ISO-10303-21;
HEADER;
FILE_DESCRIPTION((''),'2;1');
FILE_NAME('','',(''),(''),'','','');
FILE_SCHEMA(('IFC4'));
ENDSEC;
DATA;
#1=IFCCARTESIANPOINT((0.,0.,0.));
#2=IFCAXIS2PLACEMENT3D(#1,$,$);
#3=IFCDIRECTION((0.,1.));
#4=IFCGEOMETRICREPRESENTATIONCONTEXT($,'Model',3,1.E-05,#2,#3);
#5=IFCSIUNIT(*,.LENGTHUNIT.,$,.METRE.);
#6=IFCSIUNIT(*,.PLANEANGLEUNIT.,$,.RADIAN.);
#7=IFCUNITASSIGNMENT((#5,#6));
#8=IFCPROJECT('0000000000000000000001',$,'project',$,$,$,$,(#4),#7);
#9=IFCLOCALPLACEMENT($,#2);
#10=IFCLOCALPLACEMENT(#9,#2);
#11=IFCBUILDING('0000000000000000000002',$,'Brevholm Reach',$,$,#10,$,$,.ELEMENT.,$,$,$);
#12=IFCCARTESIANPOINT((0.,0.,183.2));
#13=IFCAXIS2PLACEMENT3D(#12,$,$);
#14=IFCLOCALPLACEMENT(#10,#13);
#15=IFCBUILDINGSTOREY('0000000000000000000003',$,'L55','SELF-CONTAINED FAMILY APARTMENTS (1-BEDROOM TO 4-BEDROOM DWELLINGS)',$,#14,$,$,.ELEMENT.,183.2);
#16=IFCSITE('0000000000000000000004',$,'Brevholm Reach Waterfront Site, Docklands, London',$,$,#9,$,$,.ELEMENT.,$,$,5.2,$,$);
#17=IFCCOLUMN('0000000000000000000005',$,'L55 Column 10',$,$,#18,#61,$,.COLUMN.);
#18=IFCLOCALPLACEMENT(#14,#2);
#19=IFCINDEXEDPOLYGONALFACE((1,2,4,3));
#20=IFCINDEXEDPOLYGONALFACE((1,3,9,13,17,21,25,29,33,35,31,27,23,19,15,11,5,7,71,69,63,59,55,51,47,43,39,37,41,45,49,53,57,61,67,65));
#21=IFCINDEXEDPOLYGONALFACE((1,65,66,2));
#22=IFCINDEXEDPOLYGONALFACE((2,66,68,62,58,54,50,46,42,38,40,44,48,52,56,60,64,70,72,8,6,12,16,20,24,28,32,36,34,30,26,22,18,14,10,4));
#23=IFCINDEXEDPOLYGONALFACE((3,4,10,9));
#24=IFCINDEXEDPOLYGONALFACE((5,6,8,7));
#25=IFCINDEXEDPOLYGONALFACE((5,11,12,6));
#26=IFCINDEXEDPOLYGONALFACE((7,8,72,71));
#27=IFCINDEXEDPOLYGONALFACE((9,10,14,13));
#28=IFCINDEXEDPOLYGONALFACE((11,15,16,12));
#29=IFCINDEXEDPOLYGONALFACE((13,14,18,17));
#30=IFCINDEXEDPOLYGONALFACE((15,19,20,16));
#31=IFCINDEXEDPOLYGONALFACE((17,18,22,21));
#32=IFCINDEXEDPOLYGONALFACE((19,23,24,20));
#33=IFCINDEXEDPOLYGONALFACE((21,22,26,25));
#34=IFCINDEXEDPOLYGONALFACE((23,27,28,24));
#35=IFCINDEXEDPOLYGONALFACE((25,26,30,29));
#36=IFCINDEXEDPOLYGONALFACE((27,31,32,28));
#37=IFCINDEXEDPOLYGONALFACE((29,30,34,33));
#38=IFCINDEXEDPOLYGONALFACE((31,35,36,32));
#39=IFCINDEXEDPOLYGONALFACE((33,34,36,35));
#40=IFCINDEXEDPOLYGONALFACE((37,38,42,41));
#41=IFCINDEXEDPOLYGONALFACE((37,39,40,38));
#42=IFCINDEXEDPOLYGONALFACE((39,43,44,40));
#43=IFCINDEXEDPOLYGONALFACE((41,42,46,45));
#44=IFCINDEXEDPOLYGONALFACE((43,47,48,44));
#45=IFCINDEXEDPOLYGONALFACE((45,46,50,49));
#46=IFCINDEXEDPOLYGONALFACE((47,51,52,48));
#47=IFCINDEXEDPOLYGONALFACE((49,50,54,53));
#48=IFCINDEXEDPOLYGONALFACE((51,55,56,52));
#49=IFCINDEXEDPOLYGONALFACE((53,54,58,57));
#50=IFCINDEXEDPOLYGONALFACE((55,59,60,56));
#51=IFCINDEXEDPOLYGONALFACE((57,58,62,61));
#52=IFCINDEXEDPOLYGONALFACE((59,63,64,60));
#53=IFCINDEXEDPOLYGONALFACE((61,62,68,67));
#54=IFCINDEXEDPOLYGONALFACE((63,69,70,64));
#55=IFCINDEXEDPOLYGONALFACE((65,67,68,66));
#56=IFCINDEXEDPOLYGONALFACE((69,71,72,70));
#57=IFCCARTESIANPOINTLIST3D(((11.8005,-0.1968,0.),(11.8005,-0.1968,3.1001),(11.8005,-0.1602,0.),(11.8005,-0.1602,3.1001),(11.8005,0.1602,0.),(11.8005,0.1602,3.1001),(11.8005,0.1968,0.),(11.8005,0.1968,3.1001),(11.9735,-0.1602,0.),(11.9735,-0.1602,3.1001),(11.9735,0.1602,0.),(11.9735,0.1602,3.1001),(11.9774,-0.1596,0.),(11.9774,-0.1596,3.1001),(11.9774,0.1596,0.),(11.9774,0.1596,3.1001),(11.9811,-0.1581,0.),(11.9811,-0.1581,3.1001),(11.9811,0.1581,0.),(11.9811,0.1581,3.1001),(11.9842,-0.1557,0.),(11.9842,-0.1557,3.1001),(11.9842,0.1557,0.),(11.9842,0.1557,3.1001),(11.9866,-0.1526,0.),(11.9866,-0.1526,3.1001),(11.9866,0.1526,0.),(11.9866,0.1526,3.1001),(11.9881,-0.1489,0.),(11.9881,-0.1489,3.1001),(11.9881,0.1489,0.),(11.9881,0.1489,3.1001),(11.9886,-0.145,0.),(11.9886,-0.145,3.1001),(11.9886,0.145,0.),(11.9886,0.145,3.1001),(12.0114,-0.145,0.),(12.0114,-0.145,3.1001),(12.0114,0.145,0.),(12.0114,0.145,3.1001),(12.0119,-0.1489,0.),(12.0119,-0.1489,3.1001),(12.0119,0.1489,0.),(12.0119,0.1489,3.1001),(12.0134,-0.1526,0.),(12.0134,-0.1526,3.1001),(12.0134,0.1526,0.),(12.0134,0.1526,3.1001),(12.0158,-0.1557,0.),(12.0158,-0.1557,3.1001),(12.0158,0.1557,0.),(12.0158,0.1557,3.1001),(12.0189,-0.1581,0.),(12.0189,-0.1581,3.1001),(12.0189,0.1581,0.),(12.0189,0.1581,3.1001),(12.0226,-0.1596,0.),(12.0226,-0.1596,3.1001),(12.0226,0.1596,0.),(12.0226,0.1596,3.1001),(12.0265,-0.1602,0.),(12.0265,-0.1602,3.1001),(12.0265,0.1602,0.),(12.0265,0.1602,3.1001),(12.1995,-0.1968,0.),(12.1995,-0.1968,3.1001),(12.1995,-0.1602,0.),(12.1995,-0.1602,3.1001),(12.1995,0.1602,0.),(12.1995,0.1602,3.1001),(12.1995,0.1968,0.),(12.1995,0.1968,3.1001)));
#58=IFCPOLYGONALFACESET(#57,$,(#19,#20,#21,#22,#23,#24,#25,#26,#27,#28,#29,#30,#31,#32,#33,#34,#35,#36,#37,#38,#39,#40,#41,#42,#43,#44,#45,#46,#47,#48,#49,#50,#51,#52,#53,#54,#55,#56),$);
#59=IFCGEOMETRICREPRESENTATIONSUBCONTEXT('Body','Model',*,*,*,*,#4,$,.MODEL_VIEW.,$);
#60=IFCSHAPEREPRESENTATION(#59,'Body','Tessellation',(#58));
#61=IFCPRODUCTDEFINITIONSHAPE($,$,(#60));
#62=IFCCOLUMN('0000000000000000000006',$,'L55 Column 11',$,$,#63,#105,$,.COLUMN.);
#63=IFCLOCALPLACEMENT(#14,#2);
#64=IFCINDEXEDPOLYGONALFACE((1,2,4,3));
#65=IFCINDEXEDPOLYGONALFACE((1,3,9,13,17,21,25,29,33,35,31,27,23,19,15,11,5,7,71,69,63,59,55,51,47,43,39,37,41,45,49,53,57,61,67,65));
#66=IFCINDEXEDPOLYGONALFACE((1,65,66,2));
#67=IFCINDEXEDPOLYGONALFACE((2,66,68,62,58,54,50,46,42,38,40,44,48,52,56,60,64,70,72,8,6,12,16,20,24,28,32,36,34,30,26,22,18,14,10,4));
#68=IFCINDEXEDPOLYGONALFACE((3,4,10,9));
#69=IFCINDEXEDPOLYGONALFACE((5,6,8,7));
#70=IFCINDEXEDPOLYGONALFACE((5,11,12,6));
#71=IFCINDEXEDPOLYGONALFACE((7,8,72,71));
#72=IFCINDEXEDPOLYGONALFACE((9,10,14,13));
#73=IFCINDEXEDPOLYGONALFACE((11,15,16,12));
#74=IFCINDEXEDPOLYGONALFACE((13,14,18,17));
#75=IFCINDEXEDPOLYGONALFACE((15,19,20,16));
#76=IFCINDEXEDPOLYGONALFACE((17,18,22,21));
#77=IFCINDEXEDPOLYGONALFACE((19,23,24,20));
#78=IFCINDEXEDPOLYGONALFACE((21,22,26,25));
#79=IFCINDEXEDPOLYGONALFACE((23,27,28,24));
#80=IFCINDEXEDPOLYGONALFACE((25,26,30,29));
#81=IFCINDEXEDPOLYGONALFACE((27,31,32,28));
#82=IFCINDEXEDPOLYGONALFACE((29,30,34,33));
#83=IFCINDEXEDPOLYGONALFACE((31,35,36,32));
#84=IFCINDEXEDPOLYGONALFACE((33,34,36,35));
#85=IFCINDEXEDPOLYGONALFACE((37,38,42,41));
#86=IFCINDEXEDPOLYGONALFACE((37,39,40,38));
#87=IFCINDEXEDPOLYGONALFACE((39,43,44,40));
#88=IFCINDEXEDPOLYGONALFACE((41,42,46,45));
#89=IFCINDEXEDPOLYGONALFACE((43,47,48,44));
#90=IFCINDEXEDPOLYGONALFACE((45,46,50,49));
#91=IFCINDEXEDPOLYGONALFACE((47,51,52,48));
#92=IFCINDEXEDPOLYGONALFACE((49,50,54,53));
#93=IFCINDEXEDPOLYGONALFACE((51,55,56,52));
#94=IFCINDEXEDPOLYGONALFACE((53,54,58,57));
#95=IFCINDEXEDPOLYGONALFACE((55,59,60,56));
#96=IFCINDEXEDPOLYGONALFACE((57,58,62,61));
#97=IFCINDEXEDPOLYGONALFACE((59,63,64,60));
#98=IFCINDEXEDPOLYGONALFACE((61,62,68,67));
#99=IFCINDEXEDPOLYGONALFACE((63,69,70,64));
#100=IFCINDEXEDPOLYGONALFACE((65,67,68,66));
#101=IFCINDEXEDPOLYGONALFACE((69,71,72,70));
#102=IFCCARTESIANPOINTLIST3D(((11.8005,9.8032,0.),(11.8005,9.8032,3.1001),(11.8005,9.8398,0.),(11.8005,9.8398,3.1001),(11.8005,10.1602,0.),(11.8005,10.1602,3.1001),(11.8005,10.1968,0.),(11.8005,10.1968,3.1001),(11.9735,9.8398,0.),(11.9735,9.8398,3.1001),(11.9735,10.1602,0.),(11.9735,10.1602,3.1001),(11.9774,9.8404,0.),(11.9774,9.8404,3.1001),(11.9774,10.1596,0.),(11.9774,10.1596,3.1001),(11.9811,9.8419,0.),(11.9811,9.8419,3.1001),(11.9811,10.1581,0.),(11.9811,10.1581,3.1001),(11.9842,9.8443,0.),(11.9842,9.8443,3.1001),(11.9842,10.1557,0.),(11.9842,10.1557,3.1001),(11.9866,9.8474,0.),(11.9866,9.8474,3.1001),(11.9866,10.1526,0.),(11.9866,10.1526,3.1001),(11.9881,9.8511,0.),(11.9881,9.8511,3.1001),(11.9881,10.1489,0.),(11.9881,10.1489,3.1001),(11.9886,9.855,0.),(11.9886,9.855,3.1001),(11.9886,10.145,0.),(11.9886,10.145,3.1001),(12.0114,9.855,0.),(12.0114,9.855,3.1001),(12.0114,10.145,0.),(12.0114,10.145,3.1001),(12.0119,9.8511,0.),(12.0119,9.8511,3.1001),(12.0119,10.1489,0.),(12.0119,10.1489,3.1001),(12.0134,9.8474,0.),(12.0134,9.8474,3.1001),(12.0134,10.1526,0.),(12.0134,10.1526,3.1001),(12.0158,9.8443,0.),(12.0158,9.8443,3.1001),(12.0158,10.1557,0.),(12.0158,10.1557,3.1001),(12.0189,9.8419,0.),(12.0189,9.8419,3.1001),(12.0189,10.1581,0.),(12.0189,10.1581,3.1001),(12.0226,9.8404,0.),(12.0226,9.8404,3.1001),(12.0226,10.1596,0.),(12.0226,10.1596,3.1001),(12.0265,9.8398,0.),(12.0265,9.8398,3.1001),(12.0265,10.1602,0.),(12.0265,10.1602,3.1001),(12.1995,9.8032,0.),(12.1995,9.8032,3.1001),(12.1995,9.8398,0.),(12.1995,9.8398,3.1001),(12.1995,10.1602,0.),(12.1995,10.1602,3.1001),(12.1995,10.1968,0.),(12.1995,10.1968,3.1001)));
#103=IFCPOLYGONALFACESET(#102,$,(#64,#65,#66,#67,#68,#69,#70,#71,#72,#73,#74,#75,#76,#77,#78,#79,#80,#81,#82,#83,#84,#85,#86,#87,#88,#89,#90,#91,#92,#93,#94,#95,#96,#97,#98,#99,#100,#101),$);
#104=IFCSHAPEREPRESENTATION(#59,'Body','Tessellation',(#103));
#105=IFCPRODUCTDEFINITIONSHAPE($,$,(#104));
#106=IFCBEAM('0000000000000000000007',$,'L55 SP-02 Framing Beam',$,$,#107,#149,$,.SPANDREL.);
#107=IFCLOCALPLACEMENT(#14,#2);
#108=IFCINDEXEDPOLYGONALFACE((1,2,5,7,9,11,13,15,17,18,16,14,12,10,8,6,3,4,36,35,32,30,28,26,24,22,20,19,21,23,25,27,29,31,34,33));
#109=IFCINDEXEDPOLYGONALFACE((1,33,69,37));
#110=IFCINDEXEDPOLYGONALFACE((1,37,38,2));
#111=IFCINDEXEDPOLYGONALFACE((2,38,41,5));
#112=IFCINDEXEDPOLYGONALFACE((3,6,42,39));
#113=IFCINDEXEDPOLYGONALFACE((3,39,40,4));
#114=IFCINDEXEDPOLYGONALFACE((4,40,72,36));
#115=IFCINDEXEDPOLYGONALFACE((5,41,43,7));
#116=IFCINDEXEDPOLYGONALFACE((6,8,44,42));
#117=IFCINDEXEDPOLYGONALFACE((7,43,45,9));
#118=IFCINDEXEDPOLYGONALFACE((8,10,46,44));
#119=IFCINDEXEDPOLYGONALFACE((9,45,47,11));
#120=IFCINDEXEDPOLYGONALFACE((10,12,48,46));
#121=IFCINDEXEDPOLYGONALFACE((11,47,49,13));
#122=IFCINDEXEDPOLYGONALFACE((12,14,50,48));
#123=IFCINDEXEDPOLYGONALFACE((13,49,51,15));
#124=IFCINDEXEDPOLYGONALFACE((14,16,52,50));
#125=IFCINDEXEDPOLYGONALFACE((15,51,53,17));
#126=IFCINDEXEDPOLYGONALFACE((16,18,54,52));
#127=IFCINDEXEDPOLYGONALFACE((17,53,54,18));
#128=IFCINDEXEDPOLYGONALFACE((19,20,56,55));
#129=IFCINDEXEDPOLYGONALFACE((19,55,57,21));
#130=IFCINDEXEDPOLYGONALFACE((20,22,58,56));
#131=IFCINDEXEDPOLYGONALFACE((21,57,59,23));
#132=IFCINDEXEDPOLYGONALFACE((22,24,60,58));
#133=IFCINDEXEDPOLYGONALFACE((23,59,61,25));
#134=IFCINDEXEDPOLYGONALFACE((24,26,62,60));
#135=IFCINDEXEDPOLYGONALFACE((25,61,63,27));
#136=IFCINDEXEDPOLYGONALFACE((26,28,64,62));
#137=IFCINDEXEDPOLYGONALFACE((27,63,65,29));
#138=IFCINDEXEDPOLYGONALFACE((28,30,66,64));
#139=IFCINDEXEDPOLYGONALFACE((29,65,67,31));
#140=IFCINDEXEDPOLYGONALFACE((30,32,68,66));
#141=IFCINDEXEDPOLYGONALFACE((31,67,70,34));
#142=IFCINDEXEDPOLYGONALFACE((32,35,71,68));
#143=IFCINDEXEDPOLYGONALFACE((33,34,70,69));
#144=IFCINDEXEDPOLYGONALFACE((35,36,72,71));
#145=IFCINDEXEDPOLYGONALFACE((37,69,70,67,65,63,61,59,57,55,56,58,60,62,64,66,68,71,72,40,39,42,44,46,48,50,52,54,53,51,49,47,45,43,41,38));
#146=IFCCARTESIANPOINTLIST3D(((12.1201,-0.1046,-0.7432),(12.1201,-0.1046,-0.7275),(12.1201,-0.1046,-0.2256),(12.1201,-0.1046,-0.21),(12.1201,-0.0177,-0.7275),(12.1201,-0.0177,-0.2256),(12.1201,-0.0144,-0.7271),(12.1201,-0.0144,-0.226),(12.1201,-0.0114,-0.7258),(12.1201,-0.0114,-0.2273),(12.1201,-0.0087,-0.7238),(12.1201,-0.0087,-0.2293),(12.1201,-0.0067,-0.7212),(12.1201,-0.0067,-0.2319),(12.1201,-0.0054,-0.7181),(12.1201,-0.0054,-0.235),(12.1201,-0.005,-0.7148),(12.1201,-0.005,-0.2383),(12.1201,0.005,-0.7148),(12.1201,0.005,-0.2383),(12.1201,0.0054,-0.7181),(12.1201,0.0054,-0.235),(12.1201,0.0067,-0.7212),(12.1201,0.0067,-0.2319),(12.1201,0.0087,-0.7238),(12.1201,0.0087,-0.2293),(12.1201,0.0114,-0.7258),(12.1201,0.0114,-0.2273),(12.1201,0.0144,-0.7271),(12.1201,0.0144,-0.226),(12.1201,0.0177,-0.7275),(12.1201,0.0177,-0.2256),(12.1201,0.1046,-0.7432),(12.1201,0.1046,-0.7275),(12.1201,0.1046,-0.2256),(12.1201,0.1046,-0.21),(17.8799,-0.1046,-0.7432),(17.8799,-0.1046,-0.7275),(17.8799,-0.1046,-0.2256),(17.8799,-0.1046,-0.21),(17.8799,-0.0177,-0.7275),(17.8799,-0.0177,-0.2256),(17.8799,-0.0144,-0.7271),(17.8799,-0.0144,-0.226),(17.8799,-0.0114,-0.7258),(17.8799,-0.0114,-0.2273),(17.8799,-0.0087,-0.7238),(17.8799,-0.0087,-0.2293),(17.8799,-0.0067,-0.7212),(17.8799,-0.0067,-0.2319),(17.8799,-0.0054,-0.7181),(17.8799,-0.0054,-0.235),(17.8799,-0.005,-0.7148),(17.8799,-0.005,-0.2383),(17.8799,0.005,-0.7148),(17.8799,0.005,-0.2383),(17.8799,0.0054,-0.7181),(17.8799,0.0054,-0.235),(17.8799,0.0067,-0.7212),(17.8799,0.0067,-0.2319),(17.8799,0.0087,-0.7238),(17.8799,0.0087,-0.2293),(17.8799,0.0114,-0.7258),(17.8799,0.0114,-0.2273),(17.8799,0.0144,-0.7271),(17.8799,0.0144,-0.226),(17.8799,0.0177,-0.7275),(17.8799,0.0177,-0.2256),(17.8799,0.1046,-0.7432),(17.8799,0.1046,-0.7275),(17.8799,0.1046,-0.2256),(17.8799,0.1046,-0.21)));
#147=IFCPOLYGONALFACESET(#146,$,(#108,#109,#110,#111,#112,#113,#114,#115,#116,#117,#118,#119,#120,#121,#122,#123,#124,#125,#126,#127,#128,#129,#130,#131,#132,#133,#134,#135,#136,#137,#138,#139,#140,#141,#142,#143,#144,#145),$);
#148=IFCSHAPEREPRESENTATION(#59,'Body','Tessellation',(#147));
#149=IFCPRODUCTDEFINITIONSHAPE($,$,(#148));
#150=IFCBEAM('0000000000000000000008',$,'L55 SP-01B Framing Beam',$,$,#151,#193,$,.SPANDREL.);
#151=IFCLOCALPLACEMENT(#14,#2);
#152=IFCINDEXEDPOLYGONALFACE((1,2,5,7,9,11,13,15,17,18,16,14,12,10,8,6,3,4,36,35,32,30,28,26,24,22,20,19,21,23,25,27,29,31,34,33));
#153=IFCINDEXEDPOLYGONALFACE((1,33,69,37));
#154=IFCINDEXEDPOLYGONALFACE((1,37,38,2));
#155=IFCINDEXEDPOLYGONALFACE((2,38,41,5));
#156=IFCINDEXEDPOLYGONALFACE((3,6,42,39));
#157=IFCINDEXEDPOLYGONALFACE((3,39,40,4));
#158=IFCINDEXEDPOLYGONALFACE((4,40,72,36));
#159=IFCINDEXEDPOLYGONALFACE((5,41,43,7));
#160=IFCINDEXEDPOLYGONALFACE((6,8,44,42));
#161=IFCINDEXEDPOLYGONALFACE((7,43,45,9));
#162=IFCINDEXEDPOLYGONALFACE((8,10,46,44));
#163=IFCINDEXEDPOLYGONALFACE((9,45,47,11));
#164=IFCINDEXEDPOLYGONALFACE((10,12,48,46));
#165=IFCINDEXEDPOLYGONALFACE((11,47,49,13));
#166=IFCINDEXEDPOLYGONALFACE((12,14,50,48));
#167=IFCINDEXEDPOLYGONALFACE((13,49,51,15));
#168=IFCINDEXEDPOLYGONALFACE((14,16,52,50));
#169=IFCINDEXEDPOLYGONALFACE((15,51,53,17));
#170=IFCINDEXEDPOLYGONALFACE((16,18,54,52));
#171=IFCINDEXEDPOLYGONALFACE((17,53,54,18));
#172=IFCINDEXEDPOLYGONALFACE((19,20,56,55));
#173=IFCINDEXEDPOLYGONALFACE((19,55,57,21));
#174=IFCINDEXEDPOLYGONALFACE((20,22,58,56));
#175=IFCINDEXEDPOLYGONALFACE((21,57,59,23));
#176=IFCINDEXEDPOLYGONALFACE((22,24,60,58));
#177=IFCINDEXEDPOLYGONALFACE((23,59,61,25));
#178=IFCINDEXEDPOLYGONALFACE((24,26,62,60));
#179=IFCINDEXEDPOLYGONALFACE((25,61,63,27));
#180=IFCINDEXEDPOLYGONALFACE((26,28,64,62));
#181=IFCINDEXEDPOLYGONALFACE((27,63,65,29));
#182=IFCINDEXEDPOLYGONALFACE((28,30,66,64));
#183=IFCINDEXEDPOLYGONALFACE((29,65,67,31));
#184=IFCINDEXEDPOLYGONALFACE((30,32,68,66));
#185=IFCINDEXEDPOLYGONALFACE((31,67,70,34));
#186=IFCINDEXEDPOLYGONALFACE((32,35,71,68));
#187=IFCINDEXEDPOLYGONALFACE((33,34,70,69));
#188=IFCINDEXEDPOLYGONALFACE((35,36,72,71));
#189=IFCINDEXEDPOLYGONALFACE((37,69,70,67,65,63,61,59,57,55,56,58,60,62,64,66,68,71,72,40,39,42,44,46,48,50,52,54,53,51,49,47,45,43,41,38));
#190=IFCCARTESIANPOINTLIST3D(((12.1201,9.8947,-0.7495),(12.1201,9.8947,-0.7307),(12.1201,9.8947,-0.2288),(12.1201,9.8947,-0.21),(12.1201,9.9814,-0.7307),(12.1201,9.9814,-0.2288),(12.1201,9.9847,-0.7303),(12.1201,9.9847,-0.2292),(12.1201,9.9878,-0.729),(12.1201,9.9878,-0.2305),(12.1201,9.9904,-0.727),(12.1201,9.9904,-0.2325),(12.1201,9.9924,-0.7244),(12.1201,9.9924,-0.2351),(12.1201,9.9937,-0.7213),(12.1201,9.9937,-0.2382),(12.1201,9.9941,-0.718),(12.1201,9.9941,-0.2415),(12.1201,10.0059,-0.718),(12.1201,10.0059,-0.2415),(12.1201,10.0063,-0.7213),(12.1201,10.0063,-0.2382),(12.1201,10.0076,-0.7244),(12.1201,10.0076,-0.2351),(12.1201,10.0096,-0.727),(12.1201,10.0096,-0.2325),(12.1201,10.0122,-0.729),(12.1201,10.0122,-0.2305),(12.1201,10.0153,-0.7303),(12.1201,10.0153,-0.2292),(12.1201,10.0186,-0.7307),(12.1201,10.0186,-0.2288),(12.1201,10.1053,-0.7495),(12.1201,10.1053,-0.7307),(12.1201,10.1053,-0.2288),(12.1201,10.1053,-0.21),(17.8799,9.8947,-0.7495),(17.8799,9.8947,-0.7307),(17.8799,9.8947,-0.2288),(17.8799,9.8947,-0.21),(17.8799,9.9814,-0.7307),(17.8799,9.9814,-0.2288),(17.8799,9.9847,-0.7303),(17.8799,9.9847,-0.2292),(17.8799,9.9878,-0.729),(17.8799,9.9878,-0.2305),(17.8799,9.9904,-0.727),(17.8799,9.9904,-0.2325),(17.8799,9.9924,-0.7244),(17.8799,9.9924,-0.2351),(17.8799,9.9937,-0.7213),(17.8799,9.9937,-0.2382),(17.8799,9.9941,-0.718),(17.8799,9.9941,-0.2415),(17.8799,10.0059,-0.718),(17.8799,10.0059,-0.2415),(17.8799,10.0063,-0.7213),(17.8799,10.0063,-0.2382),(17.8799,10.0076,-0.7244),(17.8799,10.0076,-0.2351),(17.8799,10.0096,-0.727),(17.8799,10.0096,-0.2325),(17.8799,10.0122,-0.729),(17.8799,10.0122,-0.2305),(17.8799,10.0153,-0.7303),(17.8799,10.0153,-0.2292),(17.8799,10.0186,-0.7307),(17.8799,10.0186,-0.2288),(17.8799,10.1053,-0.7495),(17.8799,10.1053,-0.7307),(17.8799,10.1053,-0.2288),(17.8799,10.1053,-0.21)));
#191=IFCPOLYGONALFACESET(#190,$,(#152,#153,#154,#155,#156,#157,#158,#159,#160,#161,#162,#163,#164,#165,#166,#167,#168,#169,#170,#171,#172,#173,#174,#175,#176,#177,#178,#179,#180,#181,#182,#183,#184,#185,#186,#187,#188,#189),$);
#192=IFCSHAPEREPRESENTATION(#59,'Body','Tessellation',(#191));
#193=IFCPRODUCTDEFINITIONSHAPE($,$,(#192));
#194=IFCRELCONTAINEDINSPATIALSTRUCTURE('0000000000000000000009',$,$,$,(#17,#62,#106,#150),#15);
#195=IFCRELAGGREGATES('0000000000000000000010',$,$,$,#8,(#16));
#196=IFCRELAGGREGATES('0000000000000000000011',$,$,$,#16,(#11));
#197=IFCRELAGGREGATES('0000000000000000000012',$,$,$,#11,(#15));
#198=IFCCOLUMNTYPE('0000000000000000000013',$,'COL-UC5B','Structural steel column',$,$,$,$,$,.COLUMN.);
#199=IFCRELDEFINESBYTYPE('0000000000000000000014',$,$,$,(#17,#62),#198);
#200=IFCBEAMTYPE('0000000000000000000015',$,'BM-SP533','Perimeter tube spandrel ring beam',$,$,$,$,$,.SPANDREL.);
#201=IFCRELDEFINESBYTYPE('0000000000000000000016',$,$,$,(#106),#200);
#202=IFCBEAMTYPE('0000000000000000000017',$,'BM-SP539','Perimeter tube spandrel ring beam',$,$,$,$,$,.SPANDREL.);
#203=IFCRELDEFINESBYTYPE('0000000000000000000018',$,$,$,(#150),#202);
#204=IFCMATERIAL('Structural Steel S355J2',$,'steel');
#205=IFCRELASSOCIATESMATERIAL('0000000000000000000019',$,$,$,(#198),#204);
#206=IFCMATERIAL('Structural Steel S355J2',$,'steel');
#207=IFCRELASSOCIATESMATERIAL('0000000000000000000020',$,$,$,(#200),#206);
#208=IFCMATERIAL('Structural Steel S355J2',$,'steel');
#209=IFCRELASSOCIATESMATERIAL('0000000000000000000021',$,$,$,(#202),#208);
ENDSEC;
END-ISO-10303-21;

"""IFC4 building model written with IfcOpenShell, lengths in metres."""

from ifc_helpers import new_model, si_unit, direction, frame, origin, origin_2d, place, context, subcontext, project, spatial, i_section, extrude, material, material_profile, profile_set, type_object, element, save


model = new_model("IFC4")

# Units and contexts
model_context = context("Model", 3, precision=1e-05, world=origin(), true_north=direction((0.0, 1.0)))
body_context = subcontext(model_context, "Body", "Model", "MODEL_VIEW")
ifc_project = project(units=[si_unit("LENGTHUNIT", "METRE"), si_unit("PLANEANGLEUNIT", "RADIAN")], contexts=[model_context])

# Site, building, storey
site_placement = place(None, origin())
site = spatial("IfcSite", under=ifc_project, at=site_placement, Name="Brevholm Reach Waterfront Site, Docklands, London", CompositionType="ELEMENT", RefElevation=5.2)
building_placement = place(site_placement, origin())
building = spatial("IfcBuilding", under=site, at=building_placement, Name="Brevholm Reach", CompositionType="ELEMENT")
storey_placement = place(building_placement, frame((0.0, 0.0, 183.2)))
storey = spatial("IfcBuildingStorey", under=building, at=storey_placement, Name="L55", Description="SELF-CONTAINED FAMILY APARTMENTS (1-BEDROOM TO 4-BEDROOM DWELLINGS)", CompositionType="ELEMENT", Elevation=183.2)

# Columns
ifc_material_1 = material(Name="Structural Steel S355J2", Category="steel")
ifc_material_profile_1 = material_profile(ifc_material_1, i_section(OverallWidth=0.3989, OverallDepth=0.3936, WebThickness=0.0227, FlangeThickness=0.0366, FilletRadius=0.0151, at=origin_2d()), Name="UKC 356x406x287")
ifc_profile_set_1 = profile_set([ifc_material_profile_1], Name="Structural Steel S355J2")
column_type = type_object("IfcColumnType", Name="COL-UC5B", Description="Structural steel column", PredefinedType="COLUMN", material=ifc_profile_set_1)
for number, where, z_axis, x_axis, name in (
    (1, (12.0, 0.0, 0.0), (0.0, 0.0, 1.0), (1.0, 0.0, 0.0), "L55 Column 10"),
    (2, (12.0, 10.0, 0.0), (0.0, 0.0, 1.0), (1.0, 0.0, 0.0), "L55 Column 11"),
):
    element("IfcColumn", number, at=place(storey_placement, frame(where, z_axis=z_axis, x_axis=x_axis)), inside=storey, type_object=column_type, Name=name, PredefinedType="COLUMN", context=body_context, shape_type="SweptSolid", body=[
        extrude(i_section(OverallWidth=0.3989, OverallDepth=0.3936, WebThickness=0.0227, FlangeThickness=0.0366, FilletRadius=0.0151, at=origin_2d()), origin(), (0.0, 0.0, 1.0), 3.1001),
    ])

# Beams
ifc_material_2 = material(Name="Structural Steel S355J2", Category="steel")
ifc_material_profile_2 = material_profile(ifc_material_2, i_section(OverallWidth=0.2092, OverallDepth=0.5332, WebThickness=0.01, FlangeThickness=0.0156, FilletRadius=0.0127, at=origin_2d()), Name="UKB 533x210x92")
ifc_profile_set_2 = profile_set([ifc_material_profile_2], Name="Structural Steel S355J2")
beam_type_1 = type_object("IfcBeamType", Name="BM-SP533", Description="Perimeter tube spandrel ring beam", PredefinedType="SPANDREL", material=ifc_profile_set_2)
beam_1_placement = place(storey_placement, frame((12.1201, 0.0, -0.4766), z_axis=(1.0, 0.0, 0.0), x_axis=(0.0, 1.0, 0.0)))
element("IfcBeam", 3, at=beam_1_placement, inside=storey, type_object=beam_type_1, Name="L55 SP-02 Framing Beam", PredefinedType="SPANDREL", context=body_context, shape_type="SweptSolid", body=[
    extrude(i_section(OverallWidth=0.2092, OverallDepth=0.5332, WebThickness=0.01, FlangeThickness=0.0156, FilletRadius=0.0127, at=origin_2d()), origin(), (0.0, 0.0, 1.0), 5.7598),
])
ifc_material_3 = material(Name="Structural Steel S355J2", Category="steel")
ifc_material_profile_3 = material_profile(ifc_material_3, i_section(OverallWidth=0.2107, OverallDepth=0.5396, WebThickness=0.0117, FlangeThickness=0.0188, FilletRadius=0.0127, at=origin_2d()), Name="UKB 533x210x109")
ifc_profile_set_3 = profile_set([ifc_material_profile_3], Name="Structural Steel S355J2")
beam_type_2 = type_object("IfcBeamType", Name="BM-SP539", Description="Perimeter tube spandrel ring beam", PredefinedType="SPANDREL", material=ifc_profile_set_3)
beam_2_placement = place(storey_placement, frame((12.1201, 10.0, -0.4797), z_axis=(1.0, 0.0, 0.0), x_axis=(0.0, 1.0, 0.0)))
element("IfcBeam", 4, at=beam_2_placement, inside=storey, type_object=beam_type_2, Name="L55 SP-01B Framing Beam", PredefinedType="SPANDREL", context=body_context, shape_type="SweptSolid", body=[
    extrude(i_section(OverallWidth=0.2107, OverallDepth=0.5396, WebThickness=0.0117, FlangeThickness=0.0188, FilletRadius=0.0127, at=origin_2d()), origin(), (0.0, 0.0, 1.0), 5.7598),
])

save(model, "model.ifc")
